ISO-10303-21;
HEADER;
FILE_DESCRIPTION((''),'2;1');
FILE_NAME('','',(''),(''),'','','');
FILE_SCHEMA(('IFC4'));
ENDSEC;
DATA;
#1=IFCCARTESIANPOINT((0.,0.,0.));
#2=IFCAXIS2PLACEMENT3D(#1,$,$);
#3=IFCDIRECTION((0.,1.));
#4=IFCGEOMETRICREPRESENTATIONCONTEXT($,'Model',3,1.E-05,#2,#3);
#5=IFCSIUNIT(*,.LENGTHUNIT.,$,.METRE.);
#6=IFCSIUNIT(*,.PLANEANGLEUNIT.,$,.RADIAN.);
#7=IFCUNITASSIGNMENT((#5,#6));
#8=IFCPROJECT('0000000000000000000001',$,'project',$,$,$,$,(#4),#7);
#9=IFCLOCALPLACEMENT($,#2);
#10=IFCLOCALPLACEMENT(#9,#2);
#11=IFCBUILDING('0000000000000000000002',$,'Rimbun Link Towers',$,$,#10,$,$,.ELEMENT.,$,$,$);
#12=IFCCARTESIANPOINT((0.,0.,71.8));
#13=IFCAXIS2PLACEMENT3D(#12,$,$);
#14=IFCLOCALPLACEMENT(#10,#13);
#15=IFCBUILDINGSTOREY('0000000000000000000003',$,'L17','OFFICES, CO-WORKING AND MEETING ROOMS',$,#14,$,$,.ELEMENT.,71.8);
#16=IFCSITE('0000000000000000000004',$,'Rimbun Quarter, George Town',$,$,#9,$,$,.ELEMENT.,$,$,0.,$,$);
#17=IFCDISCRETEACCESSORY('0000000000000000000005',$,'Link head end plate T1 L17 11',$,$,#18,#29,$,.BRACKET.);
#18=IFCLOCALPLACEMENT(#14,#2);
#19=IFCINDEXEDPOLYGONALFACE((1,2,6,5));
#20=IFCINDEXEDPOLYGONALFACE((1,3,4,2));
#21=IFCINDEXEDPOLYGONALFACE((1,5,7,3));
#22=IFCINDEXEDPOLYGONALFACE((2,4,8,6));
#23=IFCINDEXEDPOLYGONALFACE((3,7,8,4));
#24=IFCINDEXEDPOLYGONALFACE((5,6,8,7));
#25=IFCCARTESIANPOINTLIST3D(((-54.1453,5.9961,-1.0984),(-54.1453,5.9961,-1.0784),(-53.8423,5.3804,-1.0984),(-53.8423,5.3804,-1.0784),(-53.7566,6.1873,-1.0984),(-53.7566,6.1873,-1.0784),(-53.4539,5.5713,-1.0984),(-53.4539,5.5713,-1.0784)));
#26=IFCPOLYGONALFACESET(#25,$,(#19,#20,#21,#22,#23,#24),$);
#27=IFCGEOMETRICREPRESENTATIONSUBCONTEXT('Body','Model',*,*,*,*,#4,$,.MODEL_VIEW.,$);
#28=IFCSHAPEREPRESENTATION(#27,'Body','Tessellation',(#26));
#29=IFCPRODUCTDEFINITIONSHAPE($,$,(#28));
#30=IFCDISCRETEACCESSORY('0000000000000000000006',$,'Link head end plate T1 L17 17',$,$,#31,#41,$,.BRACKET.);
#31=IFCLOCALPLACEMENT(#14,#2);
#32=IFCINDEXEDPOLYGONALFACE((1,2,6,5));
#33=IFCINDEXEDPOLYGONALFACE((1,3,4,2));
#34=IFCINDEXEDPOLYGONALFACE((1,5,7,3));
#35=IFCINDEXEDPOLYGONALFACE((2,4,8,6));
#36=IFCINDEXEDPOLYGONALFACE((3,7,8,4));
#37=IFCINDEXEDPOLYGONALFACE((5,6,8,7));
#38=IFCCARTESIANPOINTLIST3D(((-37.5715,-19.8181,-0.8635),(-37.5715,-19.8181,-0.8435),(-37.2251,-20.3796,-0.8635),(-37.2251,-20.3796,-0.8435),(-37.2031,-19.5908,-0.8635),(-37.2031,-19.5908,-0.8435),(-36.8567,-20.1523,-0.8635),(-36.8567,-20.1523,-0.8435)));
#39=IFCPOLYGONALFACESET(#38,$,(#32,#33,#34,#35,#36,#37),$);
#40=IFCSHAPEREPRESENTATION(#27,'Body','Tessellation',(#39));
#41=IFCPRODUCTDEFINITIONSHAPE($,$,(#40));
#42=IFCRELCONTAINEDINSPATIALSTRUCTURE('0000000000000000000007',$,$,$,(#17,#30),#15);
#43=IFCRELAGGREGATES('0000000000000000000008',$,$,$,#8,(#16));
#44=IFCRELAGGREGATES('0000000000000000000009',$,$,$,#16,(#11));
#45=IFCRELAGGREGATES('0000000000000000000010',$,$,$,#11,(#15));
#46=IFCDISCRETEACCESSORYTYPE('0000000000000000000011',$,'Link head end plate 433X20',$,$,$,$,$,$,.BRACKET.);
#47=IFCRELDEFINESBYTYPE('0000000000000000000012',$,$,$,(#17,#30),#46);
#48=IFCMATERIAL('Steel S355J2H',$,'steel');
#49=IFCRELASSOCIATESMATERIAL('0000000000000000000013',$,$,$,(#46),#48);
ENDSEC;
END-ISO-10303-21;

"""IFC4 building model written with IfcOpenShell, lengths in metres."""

from ifc_helpers import new_model, si_unit, direction, frame, origin, origin_2d, place, context, subcontext, project, spatial, polyline, rectangle, outline, extrude, material, material_profile, profile_set, type_object, element, save


model = new_model("IFC4")

# Units and contexts
model_context = context("Model", 3, precision=1e-05, world=origin(), true_north=direction((0.0, 1.0)))
body_context = subcontext(model_context, "Body", "Model", "MODEL_VIEW")
ifc_project = project(units=[si_unit("LENGTHUNIT", "METRE"), si_unit("PLANEANGLEUNIT", "RADIAN")], contexts=[model_context])

# Site, building, storey
site_placement = place(None, origin())
site = spatial("IfcSite", under=ifc_project, at=site_placement, Name="Rimbun Quarter, George Town", CompositionType="ELEMENT", RefElevation=0.0)
building_placement = place(site_placement, origin())
building = spatial("IfcBuilding", under=site, at=building_placement, Name="Rimbun Link Towers", CompositionType="ELEMENT")
storey_placement = place(building_placement, frame((0.0, 0.0, 71.8)))
storey = spatial("IfcBuildingStorey", under=building, at=storey_placement, Name="L17", Description="OFFICES, CO-WORKING AND MEETING ROOMS", CompositionType="ELEMENT", Elevation=71.8)

# Discrete accessories
ifc_material_1 = material(Name="Steel S355J2H", Category="steel")
ifc_material_profile_1 = material_profile(ifc_material_1, rectangle(XDim=0.4331, YDim=0.4331, at=origin_2d()), Name="PL 433x433")
ifc_profile_set_1 = profile_set([ifc_material_profile_1], Name="Steel S355J2H")
discrete_accessory_type_1 = type_object("IfcDiscreteAccessoryType", Name="Link head end plate 433X20", PredefinedType="BRACKET", material=ifc_profile_set_1)
discrete_accessory_1_placement = place(storey_placement, frame((0.0, 0.0, -1.0984)))
element("IfcDiscreteAccessory", 1, at=discrete_accessory_1_placement, inside=storey, type_object=discrete_accessory_type_1, Name="Link head end plate T1 L17 11", PredefinedType="BRACKET", context=body_context, shape_type="SweptSolid", body=[
    extrude(outline(polyline([(-53.4539, 5.5713), (-53.7566, 6.1873), (-54.1453, 5.9961), (-53.8423, 5.3804), (-53.4539, 5.5713)])), origin(), (0.0, 0.0, 1.0), 0.02),
])
discrete_accessory_2_placement = place(storey_placement, frame((0.0, 0.0, -0.8635)))
element("IfcDiscreteAccessory", 2, at=discrete_accessory_2_placement, inside=storey, type_object=discrete_accessory_type_1, Name="Link head end plate T1 L17 17", PredefinedType="BRACKET", context=body_context, shape_type="SweptSolid", body=[
    extrude(outline(polyline([(-37.5715, -19.8181), (-37.2251, -20.3796), (-36.8567, -20.1523), (-37.2031, -19.5908), (-37.5715, -19.8181)])), origin(), (0.0, 0.0, 1.0), 0.02),
])

save(model, "model.ifc")
